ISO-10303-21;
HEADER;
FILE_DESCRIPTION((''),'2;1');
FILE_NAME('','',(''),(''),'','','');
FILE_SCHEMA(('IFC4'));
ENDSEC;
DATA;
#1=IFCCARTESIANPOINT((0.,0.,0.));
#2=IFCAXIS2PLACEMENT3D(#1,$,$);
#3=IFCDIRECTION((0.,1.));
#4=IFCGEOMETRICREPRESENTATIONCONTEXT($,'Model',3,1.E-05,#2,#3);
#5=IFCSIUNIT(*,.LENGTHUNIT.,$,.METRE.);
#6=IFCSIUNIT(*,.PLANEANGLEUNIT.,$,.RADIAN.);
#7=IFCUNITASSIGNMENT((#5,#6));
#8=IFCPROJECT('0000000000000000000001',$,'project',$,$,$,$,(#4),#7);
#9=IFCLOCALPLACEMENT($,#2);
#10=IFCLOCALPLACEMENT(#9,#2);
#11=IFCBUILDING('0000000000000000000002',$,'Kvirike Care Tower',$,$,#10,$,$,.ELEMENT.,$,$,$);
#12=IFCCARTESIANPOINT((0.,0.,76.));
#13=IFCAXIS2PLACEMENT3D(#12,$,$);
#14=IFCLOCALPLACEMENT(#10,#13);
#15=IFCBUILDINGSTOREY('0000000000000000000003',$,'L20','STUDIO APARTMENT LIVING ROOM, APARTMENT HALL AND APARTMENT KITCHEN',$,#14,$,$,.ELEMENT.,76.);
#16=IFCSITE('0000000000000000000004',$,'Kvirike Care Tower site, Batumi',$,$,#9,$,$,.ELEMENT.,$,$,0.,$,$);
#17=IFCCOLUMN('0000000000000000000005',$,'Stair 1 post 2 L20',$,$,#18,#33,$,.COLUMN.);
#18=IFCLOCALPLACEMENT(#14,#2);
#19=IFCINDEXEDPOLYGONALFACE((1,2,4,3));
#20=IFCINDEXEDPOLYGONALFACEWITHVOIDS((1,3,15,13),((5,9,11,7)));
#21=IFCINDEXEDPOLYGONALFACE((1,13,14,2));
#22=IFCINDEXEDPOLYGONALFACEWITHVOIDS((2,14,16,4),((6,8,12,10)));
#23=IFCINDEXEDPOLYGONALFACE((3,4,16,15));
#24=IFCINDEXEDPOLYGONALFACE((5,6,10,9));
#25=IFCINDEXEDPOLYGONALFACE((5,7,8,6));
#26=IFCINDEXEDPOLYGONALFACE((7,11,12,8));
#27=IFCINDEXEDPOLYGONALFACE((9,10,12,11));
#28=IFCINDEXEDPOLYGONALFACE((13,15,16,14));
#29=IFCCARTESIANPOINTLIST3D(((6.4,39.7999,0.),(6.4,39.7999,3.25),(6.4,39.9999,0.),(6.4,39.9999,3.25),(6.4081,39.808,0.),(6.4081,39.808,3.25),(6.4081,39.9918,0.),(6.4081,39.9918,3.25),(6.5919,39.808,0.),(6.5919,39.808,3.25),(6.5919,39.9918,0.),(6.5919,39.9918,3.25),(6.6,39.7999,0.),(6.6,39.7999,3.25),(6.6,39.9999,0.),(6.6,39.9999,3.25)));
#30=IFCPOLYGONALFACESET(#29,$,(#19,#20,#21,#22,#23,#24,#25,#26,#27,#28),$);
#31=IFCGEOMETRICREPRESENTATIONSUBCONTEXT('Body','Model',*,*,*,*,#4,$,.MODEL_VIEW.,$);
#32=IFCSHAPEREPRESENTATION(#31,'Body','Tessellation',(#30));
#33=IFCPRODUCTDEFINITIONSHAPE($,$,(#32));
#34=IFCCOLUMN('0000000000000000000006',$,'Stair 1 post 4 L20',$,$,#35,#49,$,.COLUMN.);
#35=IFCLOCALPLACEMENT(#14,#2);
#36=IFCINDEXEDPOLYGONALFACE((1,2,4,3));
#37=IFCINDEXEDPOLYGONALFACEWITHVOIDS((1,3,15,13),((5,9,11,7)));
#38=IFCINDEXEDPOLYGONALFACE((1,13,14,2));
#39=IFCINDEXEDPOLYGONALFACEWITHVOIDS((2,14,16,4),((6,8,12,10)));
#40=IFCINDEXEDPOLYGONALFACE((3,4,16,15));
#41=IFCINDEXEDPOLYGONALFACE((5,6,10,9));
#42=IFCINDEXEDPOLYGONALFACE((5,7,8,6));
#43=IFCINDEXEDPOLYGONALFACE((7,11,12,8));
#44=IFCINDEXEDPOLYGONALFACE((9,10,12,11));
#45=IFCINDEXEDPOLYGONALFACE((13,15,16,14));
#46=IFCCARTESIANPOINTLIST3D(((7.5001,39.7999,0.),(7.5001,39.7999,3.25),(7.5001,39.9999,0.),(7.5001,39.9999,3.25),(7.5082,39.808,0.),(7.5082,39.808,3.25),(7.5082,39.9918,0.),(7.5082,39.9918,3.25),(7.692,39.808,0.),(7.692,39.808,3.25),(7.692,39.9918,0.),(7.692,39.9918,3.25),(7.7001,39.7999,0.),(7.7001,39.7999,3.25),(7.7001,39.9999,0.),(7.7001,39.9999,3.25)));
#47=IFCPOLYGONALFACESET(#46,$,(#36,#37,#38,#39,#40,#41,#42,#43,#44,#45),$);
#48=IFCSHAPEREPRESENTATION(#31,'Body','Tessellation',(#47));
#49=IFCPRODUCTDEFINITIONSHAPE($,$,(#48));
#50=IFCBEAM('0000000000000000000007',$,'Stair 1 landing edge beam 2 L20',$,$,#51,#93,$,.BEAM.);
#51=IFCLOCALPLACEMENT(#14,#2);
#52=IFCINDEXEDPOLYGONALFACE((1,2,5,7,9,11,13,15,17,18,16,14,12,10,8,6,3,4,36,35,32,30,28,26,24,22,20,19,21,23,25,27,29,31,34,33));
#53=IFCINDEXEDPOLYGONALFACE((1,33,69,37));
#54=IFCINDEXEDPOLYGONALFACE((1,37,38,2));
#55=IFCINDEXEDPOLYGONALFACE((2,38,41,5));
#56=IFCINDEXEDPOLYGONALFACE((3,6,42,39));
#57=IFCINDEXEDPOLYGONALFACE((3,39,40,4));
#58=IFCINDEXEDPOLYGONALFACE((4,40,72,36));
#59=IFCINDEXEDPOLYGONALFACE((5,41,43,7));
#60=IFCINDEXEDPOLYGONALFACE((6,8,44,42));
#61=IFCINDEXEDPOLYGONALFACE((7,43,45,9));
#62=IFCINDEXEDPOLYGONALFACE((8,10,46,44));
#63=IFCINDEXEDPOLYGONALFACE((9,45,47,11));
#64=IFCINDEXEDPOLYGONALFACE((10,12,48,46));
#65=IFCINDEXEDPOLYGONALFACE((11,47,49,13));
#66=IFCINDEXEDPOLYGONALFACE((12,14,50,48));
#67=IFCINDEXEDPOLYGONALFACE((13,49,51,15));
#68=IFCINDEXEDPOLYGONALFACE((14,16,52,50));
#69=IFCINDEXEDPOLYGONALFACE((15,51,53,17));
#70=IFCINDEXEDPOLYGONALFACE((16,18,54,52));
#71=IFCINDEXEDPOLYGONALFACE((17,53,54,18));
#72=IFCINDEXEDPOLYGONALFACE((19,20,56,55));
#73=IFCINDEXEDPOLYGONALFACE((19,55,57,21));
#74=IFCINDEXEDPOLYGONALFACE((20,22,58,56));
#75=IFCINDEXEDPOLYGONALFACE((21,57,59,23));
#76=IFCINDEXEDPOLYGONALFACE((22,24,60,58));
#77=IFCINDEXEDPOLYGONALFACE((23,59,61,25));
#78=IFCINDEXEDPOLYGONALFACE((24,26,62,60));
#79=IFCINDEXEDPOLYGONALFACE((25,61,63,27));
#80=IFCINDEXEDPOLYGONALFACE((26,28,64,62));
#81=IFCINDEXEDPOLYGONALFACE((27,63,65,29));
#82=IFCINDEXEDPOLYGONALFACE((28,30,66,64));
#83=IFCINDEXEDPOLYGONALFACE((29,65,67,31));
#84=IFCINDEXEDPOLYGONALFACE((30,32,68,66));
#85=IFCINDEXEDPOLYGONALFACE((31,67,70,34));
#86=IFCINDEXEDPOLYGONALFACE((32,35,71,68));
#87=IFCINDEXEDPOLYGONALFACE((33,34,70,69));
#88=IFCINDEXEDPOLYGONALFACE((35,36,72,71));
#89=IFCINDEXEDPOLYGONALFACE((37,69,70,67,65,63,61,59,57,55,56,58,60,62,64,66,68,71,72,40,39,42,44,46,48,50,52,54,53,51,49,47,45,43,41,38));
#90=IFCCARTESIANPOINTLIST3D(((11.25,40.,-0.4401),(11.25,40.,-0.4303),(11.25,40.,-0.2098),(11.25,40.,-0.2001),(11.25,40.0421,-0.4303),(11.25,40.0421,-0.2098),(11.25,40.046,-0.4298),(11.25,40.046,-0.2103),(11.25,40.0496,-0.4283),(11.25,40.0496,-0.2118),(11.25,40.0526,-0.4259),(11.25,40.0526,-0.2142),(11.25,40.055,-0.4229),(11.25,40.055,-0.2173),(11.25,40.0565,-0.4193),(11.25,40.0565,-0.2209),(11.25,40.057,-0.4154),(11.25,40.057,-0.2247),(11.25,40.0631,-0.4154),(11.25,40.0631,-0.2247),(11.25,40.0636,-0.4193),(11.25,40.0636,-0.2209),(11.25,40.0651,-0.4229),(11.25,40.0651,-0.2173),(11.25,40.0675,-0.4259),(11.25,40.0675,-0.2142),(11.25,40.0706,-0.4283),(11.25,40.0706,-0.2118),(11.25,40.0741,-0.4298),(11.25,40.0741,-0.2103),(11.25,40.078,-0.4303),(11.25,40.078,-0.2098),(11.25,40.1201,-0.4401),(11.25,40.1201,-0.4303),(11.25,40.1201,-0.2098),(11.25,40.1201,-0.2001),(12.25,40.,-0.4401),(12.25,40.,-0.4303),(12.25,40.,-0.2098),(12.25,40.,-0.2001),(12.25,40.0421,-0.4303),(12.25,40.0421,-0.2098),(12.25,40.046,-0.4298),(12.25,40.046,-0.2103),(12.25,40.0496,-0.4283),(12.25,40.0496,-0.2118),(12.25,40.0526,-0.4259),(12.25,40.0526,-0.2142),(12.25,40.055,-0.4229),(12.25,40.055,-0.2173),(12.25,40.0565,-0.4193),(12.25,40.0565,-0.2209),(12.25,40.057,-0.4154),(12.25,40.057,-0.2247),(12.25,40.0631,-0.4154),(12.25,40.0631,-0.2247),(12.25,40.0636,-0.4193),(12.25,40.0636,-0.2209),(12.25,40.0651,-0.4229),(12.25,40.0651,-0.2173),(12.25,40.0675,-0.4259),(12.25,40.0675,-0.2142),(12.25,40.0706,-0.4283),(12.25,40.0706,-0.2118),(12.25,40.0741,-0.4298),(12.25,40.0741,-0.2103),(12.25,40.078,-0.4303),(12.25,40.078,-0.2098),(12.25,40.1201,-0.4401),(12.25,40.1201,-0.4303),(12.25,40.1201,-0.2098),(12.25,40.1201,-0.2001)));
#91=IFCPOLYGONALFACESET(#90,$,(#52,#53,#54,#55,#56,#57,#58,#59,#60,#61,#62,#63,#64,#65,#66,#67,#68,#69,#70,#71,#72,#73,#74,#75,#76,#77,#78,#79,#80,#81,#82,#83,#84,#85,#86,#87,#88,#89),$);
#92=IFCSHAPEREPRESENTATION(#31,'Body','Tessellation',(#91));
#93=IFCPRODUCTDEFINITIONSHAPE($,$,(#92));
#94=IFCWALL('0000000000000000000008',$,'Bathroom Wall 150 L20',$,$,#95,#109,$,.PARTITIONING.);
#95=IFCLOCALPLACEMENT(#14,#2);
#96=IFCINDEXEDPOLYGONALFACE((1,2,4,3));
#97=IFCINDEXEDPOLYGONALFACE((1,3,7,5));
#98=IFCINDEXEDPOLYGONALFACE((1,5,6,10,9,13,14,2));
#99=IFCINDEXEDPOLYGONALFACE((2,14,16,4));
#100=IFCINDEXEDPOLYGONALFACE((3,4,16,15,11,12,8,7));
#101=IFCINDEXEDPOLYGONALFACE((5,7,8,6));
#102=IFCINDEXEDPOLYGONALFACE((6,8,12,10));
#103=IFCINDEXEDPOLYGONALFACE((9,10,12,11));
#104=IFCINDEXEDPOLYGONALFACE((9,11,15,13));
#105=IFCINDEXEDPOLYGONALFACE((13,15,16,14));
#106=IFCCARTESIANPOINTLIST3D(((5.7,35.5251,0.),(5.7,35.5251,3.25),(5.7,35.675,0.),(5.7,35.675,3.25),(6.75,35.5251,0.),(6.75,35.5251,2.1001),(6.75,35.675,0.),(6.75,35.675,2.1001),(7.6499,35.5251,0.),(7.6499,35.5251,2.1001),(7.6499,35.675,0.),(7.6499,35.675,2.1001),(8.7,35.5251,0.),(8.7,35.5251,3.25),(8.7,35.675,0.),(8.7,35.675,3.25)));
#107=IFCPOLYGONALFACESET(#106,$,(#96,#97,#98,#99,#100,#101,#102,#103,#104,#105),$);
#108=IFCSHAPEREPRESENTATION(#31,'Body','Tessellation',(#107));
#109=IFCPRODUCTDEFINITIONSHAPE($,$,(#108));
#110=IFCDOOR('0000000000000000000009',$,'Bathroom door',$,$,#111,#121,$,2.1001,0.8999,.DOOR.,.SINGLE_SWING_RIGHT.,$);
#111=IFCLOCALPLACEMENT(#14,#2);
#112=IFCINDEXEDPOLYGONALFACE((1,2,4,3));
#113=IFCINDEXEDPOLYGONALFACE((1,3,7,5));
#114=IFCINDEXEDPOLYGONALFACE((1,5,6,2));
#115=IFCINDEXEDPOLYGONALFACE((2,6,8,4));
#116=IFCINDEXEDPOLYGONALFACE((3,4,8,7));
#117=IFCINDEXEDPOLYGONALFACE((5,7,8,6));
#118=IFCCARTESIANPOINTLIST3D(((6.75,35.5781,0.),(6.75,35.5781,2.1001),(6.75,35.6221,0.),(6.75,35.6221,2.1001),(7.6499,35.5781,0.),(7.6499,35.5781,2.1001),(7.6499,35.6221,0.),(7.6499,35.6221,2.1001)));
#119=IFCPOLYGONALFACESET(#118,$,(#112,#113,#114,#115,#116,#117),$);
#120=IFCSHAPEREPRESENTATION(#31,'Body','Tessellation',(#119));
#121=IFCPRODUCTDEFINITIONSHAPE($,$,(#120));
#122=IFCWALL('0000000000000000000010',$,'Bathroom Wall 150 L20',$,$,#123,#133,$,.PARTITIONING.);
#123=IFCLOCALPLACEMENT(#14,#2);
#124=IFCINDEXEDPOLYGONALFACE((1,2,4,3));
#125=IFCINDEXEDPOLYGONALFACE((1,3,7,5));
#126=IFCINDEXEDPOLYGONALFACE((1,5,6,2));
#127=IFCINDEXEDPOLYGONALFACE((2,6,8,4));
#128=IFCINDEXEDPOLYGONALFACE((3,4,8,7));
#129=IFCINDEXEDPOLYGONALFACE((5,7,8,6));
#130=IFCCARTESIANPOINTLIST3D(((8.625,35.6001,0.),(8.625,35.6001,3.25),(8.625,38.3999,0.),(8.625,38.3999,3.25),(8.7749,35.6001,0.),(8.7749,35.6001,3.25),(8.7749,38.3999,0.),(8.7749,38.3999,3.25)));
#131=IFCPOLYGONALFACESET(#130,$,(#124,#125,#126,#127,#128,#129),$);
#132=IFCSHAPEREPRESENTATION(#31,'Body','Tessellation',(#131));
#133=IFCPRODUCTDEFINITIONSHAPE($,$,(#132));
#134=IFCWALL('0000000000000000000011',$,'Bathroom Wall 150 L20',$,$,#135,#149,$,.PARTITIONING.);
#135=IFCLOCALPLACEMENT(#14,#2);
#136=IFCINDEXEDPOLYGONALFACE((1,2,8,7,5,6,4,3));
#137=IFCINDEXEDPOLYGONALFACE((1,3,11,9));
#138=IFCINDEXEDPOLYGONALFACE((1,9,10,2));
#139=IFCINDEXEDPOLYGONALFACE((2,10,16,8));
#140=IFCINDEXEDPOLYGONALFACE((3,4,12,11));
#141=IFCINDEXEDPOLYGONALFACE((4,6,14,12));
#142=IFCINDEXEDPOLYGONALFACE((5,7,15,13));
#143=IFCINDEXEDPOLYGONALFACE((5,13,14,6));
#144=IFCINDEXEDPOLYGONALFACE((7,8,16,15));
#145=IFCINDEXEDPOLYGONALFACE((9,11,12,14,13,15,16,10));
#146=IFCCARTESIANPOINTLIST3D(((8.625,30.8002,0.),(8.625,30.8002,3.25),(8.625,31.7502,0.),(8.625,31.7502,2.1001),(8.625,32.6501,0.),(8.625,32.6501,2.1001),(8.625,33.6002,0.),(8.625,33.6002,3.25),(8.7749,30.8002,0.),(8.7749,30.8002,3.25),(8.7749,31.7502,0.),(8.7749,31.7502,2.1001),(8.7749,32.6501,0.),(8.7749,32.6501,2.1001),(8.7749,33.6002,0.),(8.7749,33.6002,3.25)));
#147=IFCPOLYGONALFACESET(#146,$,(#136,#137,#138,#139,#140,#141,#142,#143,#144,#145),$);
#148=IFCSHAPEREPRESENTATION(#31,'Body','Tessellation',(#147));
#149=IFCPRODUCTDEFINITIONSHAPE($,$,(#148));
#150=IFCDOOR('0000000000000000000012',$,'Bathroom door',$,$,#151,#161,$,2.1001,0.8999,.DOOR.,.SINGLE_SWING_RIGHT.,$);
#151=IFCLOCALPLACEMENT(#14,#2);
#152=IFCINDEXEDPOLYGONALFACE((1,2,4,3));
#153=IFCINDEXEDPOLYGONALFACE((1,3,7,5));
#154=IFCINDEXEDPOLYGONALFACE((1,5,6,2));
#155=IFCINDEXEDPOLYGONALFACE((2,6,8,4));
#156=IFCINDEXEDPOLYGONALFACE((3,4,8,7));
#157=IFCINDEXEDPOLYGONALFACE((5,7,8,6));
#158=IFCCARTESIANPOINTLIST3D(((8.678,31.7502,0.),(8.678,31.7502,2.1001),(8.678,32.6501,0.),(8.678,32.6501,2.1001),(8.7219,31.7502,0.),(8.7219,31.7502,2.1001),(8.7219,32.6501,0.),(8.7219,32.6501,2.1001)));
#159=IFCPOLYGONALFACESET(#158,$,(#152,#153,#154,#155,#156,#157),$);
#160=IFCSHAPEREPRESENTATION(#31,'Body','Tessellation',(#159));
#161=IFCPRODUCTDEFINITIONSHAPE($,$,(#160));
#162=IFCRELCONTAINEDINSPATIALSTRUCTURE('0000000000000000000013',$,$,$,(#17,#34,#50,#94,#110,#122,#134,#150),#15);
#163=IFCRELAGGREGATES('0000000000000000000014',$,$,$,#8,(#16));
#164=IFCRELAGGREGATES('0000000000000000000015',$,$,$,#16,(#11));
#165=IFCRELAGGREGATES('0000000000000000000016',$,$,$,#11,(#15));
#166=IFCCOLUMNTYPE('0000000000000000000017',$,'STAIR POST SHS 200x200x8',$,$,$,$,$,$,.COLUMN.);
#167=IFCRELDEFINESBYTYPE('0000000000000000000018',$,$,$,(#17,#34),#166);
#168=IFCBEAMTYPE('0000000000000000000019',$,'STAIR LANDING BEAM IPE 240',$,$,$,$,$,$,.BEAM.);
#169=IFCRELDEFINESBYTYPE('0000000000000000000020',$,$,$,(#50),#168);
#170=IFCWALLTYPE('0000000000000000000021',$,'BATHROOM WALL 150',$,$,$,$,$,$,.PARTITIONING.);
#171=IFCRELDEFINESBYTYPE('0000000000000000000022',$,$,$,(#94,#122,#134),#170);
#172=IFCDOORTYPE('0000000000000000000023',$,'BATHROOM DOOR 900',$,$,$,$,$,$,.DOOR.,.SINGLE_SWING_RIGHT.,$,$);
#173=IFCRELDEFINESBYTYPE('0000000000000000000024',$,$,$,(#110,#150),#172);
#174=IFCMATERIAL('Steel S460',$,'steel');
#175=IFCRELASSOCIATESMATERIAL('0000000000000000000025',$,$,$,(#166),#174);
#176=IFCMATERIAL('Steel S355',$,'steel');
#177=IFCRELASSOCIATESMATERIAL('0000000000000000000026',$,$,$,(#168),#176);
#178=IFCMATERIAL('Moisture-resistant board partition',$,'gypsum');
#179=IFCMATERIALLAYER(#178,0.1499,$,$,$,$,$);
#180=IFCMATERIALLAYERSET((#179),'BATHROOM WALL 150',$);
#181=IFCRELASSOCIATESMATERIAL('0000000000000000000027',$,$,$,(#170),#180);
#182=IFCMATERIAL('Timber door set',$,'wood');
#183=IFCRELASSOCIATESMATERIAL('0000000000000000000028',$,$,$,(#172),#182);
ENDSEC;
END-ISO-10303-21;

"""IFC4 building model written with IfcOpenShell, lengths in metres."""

from ifc_helpers import new_model, si_unit, direction, frame, frame_2d, origin, origin_2d, place, context, subcontext, project, spatial, rectangle, hollow_rectangle, i_section, extrude, material, layer, layer_set, material_profile, profile_set, type_object, element, fill, save


model = new_model("IFC4")

# Units and contexts
model_context = context("Model", 3, precision=1e-05, world=origin(), true_north=direction((0.0, 1.0)))
body_context = subcontext(model_context, "Body", "Model", "MODEL_VIEW")
ifc_project = project(units=[si_unit("LENGTHUNIT", "METRE"), si_unit("PLANEANGLEUNIT", "RADIAN")], contexts=[model_context])

# Site, building, storey
site_placement = place(None, origin())
site = spatial("IfcSite", under=ifc_project, at=site_placement, Name="Kvirike Care Tower site, Batumi", CompositionType="ELEMENT", RefElevation=0.0)
building_placement = place(site_placement, origin())
building = spatial("IfcBuilding", under=site, at=building_placement, Name="Kvirike Care Tower", CompositionType="ELEMENT")
storey_placement = place(building_placement, frame((0.0, 0.0, 76.0)))
storey = spatial("IfcBuildingStorey", under=building, at=storey_placement, Name="L20", Description="STUDIO APARTMENT LIVING ROOM, APARTMENT HALL AND APARTMENT KITCHEN", CompositionType="ELEMENT", Elevation=76.0)

# Columns
ifc_material_1 = material(Name="Steel S460", Category="steel")
ifc_material_profile_1 = material_profile(ifc_material_1, hollow_rectangle(XDim=0.2, YDim=0.2, WallThickness=0.0081, at=origin_2d()), Name="SHS 200x200x8")
ifc_profile_set_1 = profile_set([ifc_material_profile_1], Name="Steel S460")
column_type = type_object("IfcColumnType", Name="STAIR POST SHS 200x200x8", PredefinedType="COLUMN", material=ifc_profile_set_1)
for number, where, z_axis, x_axis, name in (
    (1, (6.5, 39.8999, 0.0), (0.0, 0.0, 1.0), (1.0, 0.0, 0.0), "Stair 1 post 2 L20"),
    (2, (7.6001, 39.8999, 0.0), (0.0, 0.0, 1.0), (1.0, 0.0, 0.0), "Stair 1 post 4 L20"),
):
    element("IfcColumn", number, at=place(storey_placement, frame(where, z_axis=z_axis, x_axis=x_axis)), inside=storey, type_object=column_type, Name=name, PredefinedType="COLUMN", context=body_context, shape_type="SweptSolid", body=[
        extrude(hollow_rectangle(XDim=0.2, YDim=0.2, WallThickness=0.0081, at=origin_2d()), origin(), (0.0, 0.0, 1.0), 3.25),
    ])

# Beam
ifc_material_2 = material(Name="Steel S355", Category="steel")
ifc_material_profile_2 = material_profile(ifc_material_2, i_section(OverallWidth=0.1201, OverallDepth=0.24, WebThickness=0.0061, FlangeThickness=0.0098, FilletRadius=0.0149, at=origin_2d()), Name="IPE 240")
ifc_profile_set_2 = profile_set([ifc_material_profile_2], Name="Steel S355")
beam_type = type_object("IfcBeamType", Name="STAIR LANDING BEAM IPE 240", PredefinedType="BEAM", material=ifc_profile_set_2)
beam_placement = place(storey_placement, frame((11.25, 40.0601, -0.3201), z_axis=(1.0, 0.0, 0.0), x_axis=(0.0, 1.0, 0.0)))
element("IfcBeam", 3, at=beam_placement, inside=storey, type_object=beam_type, Name="Stair 1 landing edge beam 2 L20", PredefinedType="BEAM", context=body_context, shape_type="SweptSolid", body=[
    extrude(i_section(OverallWidth=0.1201, OverallDepth=0.24, WebThickness=0.0061, FlangeThickness=0.0098, FilletRadius=0.0149, at=origin_2d()), origin(), (0.0, 0.0, 1.0), 1.0),
])

# Wall, opening, door
ifc_material_3 = material(Name="Moisture-resistant board partition", Category="gypsum")
ifc_layer_1 = layer(ifc_material_3, 0.1499)
ifc_layer_set_1 = layer_set([ifc_layer_1], Name="BATHROOM WALL 150")
wall_type_1 = type_object("IfcWallType", Name="BATHROOM WALL 150", PredefinedType="PARTITIONING", material=ifc_layer_set_1)
wall_1_placement = place(storey_placement, frame((5.7, 35.6001, 0.0), z_axis=(0.0, 0.0, 1.0), x_axis=(1.0, 0.0, 0.0)))
wall_1 = element("IfcWall", 4, at=wall_1_placement, inside=storey, type_object=wall_type_1, Name="Bathroom Wall 150 L20", PredefinedType="PARTITIONING", context=body_context, shape_type="SweptSolid", body=[
    extrude(rectangle(XDim=3.0, YDim=0.1499, at=frame_2d((1.5, 0.0))), origin(), (0.0, 0.0, 1.0), 3.25),
])
opening_1_placement = place(wall_1_placement, frame((1.05, 0.0, 0.0)))
opening_1 = element("IfcOpeningElement", 5, at=opening_1_placement, cuts=wall_1, PredefinedType="OPENING", context=body_context, shape_type="SweptSolid", body=[
    extrude(rectangle(XDim=0.8999, YDim=2.1001, at=frame_2d((0.45, 1.05))), frame((0.0, 0.0854, 0.0), z_axis=(0.0, -1.0, 0.0), x_axis=(1.0, 0.0, 0.0)), (0.0, 0.0, 1.0), 0.1709),
])
ifc_material_4 = material(Name="Timber door set", Category="wood")
door_type_1 = type_object("IfcDoorType", Name="BATHROOM DOOR 900", OperationType="SINGLE_SWING_RIGHT", PredefinedType="DOOR", material=ifc_material_4)
door_1_placement = place(opening_1_placement, origin())
door_1 = element("IfcDoor", 6, at=door_1_placement, inside=storey, type_object=door_type_1, Name="Bathroom door", OperationType="SINGLE_SWING_RIGHT", OverallHeight=2.1001, OverallWidth=0.8999, PredefinedType="DOOR", context=body_context, shape_type="SweptSolid", body=[
    extrude(rectangle(XDim=0.8999, YDim=2.1001, at=frame_2d((0.45, 1.05))), frame((0.0, 0.022, 0.0), z_axis=(0.0, -1.0, 0.0), x_axis=(1.0, 0.0, 0.0)), (0.0, 0.0, 1.0), 0.0439),
])
fill(opening_1, door_1)

# Wall
wall_2_placement = place(storey_placement, frame((8.7, 38.3999, 0.0), z_axis=(0.0, 0.0, 1.0), x_axis=(0.0, -1.0, 0.0)))
element("IfcWall", 7, at=wall_2_placement, inside=storey, type_object=wall_type_1, Name="Bathroom Wall 150 L20", PredefinedType="PARTITIONING", context=body_context, shape_type="SweptSolid", body=[
    extrude(rectangle(XDim=2.7998, YDim=0.1499, at=frame_2d((1.3999, 0.0))), origin(), (0.0, 0.0, 1.0), 3.25),
])

# Wall, opening, door
wall_3_placement = place(storey_placement, frame((8.7, 33.6001, 0.0), z_axis=(0.0, 0.0, 1.0), x_axis=(0.0, -1.0, 0.0)))
wall_3 = element("IfcWall", 8, at=wall_3_placement, inside=storey, type_object=wall_type_1, Name="Bathroom Wall 150 L20", PredefinedType="PARTITIONING", context=body_context, shape_type="SweptSolid", body=[
    extrude(rectangle(XDim=2.8, YDim=0.1499, at=frame_2d((1.3999, 0.0))), origin(), (0.0, 0.0, 1.0), 3.25),
])
opening_2_placement = place(wall_3_placement, frame((0.95, 0.0, 0.0)))
opening_2 = element("IfcOpeningElement", 9, at=opening_2_placement, cuts=wall_3, PredefinedType="OPENING", context=body_context, shape_type="SweptSolid", body=[
    extrude(rectangle(XDim=0.8999, YDim=2.1001, at=frame_2d((0.45, 1.05))), frame((0.0, 0.0854, 0.0), z_axis=(0.0, -1.0, 0.0), x_axis=(1.0, 0.0, 0.0)), (0.0, 0.0, 1.0), 0.1709),
])
door_2_placement = place(opening_2_placement, frame((0.8999, 0.0, 0.0), z_axis=(0.0, 0.0, 1.0), x_axis=(-1.0, 0.0, 0.0)))
door_2 = element("IfcDoor", 10, at=door_2_placement, inside=storey, type_object=door_type_1, Name="Bathroom door", OperationType="SINGLE_SWING_RIGHT", OverallHeight=2.1001, OverallWidth=0.8999, PredefinedType="DOOR", context=body_context, shape_type="SweptSolid", body=[
    extrude(rectangle(XDim=0.8999, YDim=2.1001, at=frame_2d((0.45, 1.05))), frame((0.0, 0.022, 0.0), z_axis=(0.0, -1.0, 0.0), x_axis=(1.0, 0.0, 0.0)), (0.0, 0.0, 1.0), 0.0439),
])
fill(opening_2, door_2)

save(model, "model.ifc")
